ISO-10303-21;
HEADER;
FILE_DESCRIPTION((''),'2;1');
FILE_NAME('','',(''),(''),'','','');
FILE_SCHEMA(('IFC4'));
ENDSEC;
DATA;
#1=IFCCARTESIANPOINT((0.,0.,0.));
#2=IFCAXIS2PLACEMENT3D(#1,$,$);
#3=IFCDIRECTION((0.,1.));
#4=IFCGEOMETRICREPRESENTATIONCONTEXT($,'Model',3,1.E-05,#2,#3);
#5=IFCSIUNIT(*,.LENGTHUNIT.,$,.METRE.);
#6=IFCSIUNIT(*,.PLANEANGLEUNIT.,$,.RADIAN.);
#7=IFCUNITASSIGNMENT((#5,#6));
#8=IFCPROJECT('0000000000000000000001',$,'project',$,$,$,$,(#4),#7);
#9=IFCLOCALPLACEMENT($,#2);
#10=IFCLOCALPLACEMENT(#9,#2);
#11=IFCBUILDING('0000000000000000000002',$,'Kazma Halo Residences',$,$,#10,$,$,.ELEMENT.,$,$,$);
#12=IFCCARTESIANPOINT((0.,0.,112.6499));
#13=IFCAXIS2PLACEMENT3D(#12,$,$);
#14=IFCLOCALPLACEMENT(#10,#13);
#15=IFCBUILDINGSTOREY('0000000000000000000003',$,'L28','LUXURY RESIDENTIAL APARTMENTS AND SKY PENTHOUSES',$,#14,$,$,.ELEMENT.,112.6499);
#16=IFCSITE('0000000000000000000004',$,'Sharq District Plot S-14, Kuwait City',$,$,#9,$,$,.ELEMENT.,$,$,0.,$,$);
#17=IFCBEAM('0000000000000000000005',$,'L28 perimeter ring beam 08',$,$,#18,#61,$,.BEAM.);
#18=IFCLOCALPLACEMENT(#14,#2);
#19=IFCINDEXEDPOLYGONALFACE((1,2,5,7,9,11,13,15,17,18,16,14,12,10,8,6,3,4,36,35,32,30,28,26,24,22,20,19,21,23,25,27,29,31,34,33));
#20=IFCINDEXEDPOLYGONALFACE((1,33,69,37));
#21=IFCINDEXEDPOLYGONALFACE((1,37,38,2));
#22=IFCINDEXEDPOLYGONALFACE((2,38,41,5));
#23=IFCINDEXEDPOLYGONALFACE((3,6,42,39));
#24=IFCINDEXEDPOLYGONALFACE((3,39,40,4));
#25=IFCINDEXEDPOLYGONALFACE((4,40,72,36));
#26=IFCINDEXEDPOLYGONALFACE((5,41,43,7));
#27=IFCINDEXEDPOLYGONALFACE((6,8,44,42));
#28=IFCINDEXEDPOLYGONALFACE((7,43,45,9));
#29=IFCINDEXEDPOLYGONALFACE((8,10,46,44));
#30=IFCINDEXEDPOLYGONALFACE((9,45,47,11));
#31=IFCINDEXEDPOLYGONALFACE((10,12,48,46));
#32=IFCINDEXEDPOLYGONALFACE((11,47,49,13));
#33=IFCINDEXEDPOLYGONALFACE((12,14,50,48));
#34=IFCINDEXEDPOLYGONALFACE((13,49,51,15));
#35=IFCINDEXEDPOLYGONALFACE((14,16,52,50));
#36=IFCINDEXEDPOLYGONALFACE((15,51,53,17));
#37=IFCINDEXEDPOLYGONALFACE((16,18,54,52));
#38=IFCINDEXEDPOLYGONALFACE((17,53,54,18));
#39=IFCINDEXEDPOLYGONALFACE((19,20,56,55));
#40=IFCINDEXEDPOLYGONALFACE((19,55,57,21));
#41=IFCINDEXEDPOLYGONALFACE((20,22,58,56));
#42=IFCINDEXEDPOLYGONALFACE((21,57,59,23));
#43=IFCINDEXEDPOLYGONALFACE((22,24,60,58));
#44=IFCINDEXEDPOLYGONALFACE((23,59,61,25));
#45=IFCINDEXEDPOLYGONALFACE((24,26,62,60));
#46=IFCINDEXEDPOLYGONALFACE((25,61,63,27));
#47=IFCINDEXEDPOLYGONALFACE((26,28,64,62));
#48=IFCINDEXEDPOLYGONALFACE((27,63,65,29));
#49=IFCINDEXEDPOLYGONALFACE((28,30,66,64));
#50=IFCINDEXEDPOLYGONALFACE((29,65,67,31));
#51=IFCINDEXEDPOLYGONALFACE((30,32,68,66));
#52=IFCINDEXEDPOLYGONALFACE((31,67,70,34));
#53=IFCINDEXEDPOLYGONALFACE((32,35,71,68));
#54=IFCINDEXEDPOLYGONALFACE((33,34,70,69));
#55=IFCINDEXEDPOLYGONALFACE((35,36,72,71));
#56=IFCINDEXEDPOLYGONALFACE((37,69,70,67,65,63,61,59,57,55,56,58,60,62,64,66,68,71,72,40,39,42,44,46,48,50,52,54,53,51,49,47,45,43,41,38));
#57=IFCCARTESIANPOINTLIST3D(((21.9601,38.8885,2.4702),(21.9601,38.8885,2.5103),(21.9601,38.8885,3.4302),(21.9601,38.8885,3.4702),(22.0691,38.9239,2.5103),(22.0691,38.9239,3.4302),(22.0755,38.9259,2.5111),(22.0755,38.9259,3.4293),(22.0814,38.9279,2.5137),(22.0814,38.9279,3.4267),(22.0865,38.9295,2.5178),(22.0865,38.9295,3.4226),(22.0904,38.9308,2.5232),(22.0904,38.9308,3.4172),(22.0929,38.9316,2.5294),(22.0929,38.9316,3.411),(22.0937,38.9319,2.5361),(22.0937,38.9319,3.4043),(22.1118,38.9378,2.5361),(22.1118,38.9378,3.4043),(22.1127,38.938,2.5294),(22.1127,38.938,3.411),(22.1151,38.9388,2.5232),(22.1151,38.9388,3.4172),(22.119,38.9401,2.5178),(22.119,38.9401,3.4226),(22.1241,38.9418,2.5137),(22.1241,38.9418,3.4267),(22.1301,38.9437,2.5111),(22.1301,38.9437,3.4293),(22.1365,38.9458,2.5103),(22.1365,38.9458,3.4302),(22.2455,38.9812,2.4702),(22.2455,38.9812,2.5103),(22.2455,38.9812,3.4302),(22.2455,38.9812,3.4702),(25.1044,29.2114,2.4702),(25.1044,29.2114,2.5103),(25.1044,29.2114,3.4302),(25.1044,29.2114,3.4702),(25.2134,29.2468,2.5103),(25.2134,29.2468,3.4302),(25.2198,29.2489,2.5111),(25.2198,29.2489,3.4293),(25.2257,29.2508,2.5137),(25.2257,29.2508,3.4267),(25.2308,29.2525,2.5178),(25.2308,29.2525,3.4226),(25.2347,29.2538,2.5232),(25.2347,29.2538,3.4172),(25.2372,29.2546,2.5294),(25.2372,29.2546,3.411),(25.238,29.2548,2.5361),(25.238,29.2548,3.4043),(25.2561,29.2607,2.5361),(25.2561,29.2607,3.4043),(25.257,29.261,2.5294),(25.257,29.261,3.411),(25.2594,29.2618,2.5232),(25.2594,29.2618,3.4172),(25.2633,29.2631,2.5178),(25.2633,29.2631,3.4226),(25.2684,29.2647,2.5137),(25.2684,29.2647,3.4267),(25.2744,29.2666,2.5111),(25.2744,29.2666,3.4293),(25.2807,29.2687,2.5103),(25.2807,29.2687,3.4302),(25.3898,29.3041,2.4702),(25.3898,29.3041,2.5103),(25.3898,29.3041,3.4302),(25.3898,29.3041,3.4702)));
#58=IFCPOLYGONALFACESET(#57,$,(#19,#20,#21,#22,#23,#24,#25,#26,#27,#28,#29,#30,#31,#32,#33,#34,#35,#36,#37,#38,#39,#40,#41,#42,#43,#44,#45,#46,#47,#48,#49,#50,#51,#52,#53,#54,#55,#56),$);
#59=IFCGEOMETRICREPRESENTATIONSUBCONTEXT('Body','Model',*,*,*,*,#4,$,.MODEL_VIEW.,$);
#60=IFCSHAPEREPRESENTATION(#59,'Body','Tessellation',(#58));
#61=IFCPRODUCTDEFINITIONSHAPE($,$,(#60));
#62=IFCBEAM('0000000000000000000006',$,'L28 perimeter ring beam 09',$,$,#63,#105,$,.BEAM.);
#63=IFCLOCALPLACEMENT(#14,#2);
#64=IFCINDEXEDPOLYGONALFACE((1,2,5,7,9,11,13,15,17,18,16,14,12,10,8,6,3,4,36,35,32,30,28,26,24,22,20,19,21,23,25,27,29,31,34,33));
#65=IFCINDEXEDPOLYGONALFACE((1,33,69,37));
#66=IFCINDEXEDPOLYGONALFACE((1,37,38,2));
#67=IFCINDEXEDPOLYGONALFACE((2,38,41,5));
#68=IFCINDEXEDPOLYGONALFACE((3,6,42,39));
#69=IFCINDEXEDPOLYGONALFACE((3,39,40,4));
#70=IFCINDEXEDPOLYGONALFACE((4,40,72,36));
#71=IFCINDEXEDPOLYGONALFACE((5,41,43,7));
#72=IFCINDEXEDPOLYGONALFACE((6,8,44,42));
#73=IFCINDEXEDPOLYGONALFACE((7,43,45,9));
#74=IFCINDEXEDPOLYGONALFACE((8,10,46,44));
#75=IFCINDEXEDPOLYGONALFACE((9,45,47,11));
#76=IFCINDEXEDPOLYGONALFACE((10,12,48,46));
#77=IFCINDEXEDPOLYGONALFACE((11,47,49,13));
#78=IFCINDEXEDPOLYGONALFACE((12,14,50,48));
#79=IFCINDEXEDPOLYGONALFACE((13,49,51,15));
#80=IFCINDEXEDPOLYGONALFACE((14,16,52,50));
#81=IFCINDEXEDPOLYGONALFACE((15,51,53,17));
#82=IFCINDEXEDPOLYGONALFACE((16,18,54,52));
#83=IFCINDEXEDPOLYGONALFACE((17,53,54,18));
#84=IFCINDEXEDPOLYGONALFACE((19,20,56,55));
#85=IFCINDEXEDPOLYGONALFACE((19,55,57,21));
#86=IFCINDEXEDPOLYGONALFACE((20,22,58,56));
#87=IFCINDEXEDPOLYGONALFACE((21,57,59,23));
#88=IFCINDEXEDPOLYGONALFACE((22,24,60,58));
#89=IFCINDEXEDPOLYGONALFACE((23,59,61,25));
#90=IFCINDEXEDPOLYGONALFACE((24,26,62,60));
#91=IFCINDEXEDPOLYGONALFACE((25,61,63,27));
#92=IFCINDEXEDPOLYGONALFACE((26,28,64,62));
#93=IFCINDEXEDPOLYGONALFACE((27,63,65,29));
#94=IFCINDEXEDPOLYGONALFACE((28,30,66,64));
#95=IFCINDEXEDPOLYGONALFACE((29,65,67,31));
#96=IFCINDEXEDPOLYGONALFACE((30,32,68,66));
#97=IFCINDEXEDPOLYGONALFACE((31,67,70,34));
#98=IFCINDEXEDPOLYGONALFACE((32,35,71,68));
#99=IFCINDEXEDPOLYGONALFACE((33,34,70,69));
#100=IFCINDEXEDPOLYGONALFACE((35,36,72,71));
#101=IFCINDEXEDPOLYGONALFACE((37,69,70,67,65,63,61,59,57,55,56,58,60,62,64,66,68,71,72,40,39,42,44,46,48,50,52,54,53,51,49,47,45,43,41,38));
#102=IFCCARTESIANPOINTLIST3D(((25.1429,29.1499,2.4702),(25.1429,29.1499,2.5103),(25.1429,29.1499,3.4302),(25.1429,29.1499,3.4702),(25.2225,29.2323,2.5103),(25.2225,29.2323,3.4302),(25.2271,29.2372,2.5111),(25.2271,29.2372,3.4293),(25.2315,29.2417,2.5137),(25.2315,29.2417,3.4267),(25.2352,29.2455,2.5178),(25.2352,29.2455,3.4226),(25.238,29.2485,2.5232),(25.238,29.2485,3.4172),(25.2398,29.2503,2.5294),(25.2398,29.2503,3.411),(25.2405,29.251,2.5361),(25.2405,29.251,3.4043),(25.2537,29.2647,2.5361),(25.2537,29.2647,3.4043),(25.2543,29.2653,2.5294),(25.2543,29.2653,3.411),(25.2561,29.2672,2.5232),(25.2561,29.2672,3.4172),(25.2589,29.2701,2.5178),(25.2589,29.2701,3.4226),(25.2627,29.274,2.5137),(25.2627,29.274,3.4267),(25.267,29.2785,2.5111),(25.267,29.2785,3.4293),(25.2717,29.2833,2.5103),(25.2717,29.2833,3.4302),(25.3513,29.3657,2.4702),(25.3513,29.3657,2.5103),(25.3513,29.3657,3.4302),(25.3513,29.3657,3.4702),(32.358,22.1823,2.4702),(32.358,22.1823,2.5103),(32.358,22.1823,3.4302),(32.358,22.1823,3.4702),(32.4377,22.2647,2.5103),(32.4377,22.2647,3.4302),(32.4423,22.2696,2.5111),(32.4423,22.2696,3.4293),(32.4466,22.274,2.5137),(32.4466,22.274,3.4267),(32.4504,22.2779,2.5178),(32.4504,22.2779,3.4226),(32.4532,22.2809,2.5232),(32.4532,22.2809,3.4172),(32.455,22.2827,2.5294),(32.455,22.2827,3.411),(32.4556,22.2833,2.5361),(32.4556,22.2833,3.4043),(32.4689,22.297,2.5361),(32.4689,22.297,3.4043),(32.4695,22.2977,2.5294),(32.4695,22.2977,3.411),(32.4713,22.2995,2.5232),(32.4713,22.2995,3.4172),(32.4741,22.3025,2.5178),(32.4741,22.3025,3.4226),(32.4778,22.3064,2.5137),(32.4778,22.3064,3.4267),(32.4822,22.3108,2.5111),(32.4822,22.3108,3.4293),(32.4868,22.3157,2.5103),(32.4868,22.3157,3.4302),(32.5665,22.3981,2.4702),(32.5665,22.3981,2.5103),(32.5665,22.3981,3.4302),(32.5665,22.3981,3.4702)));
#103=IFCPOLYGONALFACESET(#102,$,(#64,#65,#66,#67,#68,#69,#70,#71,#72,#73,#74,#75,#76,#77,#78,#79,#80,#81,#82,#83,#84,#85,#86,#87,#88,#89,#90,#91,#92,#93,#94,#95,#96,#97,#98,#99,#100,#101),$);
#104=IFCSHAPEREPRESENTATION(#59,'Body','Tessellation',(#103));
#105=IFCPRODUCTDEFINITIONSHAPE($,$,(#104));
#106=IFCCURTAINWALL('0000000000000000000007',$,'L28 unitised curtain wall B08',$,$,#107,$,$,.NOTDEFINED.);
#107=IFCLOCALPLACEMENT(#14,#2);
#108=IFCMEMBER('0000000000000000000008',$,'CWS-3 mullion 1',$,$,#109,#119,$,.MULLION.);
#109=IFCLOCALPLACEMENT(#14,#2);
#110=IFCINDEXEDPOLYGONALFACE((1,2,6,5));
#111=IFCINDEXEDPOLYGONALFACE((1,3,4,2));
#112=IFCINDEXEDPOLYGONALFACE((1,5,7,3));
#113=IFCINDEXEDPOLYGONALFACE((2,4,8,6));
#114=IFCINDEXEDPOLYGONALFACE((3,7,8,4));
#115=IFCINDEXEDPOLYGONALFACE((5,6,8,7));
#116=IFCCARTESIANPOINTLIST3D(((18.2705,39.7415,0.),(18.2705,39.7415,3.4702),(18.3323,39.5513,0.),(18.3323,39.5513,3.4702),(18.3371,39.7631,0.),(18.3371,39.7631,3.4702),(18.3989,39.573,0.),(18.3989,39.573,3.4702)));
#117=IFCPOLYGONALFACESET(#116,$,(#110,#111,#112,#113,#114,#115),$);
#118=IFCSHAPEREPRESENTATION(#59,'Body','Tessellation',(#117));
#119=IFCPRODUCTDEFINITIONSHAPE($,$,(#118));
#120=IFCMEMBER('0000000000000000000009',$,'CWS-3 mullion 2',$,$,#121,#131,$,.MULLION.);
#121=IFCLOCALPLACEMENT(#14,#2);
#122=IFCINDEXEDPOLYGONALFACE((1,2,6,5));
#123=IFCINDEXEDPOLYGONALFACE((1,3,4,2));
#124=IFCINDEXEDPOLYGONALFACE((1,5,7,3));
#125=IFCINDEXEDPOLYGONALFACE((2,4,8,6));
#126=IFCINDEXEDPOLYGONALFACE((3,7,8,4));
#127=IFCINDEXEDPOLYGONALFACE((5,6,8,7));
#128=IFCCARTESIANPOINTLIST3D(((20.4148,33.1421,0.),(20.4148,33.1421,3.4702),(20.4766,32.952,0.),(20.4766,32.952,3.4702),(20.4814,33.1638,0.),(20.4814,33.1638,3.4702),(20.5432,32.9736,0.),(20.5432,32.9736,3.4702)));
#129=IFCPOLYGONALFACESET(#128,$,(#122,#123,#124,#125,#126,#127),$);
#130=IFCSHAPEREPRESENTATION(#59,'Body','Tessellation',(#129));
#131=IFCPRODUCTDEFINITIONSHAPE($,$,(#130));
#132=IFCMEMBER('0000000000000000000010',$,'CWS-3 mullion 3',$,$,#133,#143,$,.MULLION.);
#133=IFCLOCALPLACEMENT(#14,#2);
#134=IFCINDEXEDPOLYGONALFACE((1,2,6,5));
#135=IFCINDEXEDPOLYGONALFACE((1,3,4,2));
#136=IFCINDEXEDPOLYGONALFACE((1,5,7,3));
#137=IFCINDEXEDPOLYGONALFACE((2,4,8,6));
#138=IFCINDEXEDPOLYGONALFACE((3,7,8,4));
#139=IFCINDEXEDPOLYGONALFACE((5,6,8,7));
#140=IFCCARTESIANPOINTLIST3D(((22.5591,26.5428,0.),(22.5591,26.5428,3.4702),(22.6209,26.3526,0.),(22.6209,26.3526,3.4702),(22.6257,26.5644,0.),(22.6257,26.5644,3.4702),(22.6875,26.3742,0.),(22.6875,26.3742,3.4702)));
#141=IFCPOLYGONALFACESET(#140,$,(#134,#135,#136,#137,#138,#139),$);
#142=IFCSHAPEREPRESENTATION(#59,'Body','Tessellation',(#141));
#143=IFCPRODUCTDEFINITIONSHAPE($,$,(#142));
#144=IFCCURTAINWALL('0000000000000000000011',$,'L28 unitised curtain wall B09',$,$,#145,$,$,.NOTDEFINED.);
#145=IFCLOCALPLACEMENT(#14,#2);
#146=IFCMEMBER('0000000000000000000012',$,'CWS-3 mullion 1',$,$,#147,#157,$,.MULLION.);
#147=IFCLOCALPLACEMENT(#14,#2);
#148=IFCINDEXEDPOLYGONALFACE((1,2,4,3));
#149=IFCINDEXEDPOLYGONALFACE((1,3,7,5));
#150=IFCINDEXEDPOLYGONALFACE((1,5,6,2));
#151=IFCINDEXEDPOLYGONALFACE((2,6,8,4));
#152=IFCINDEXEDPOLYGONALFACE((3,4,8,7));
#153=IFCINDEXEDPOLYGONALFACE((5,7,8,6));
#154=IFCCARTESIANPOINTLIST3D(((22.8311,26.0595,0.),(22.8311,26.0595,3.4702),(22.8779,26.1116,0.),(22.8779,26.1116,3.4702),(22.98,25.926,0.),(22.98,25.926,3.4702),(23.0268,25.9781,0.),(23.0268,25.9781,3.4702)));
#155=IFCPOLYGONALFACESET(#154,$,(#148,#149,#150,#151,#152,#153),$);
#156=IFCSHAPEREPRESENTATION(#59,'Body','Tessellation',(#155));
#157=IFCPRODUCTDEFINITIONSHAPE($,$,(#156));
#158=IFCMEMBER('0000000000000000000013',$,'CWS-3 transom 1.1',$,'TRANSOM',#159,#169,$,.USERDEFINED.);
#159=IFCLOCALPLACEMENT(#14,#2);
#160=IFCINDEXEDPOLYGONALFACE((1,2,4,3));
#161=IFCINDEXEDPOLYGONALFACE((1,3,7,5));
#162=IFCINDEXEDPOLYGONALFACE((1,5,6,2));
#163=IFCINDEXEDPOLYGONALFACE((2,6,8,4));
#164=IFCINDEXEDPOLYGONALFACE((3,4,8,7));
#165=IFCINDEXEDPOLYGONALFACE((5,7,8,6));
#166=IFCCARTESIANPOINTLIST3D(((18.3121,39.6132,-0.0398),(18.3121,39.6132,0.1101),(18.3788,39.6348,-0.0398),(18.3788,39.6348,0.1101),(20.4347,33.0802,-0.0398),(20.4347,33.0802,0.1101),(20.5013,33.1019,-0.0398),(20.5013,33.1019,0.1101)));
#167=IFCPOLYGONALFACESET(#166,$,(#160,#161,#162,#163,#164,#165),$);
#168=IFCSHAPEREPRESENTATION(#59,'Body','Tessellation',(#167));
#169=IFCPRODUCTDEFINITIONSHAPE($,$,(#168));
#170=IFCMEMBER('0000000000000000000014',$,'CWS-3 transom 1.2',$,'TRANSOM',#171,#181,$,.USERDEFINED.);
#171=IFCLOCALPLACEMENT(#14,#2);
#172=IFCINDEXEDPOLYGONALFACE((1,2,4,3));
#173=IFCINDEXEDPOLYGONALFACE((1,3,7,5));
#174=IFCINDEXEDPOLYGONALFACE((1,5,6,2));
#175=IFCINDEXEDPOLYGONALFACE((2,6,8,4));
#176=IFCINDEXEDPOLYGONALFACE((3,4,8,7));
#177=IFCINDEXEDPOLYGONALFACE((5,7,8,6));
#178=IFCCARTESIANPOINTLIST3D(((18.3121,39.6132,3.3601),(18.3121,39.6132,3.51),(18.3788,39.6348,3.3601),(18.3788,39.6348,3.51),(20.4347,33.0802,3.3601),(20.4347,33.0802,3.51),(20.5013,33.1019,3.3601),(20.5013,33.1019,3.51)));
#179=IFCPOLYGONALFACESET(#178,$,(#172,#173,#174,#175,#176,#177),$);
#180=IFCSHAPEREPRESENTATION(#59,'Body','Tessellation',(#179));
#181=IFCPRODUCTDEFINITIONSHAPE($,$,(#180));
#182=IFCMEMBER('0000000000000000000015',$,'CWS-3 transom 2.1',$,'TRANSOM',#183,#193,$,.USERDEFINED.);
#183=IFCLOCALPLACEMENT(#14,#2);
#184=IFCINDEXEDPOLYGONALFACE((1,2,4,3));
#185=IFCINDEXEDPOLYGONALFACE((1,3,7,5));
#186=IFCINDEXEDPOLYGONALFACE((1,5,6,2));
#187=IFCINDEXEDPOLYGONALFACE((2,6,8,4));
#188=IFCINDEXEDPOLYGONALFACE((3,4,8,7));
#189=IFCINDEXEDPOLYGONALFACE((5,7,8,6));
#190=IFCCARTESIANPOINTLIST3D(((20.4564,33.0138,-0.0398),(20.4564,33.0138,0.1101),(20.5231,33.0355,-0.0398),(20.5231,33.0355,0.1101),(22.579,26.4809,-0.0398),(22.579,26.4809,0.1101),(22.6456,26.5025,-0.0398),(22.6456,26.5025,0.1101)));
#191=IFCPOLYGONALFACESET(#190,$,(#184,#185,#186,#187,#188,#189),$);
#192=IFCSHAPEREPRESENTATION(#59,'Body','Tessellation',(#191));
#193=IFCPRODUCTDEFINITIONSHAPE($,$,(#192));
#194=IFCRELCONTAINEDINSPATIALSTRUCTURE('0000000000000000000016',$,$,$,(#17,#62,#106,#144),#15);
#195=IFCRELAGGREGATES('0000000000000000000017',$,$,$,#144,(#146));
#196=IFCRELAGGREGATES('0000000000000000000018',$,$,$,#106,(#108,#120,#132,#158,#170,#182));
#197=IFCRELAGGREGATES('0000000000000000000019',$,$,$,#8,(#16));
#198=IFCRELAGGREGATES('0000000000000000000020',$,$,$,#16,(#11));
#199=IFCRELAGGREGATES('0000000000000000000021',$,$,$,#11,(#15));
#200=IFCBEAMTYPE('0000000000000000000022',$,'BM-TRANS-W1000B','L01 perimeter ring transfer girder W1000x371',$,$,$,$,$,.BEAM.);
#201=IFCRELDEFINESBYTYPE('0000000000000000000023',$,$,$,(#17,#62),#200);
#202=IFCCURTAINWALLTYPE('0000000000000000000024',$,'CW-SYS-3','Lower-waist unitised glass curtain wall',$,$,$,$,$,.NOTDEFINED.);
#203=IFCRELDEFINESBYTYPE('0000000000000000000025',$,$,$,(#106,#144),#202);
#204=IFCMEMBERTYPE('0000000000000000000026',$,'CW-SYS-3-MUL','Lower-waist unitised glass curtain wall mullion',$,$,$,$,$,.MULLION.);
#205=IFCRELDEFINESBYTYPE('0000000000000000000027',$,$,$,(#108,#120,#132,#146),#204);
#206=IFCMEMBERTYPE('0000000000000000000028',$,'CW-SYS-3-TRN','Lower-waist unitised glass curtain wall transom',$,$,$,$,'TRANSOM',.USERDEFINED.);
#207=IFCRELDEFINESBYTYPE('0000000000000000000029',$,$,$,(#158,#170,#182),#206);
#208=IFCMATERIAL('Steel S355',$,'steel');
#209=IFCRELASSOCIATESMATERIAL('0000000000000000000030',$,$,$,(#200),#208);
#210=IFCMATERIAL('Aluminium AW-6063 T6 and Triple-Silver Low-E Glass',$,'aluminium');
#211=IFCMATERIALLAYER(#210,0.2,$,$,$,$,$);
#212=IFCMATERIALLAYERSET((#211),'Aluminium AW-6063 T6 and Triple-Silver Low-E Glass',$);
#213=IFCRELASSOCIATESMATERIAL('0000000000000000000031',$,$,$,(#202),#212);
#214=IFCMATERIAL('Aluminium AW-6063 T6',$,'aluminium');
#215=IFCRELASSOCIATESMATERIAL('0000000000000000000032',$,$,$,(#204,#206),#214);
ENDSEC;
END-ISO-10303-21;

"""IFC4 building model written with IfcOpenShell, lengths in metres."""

from ifc_helpers import new_model, si_unit, direction, frame, origin, origin_2d, place, context, subcontext, project, spatial, rectangle, i_section, extrude, material, layer, layer_set, material_profile, profile_set, type_object, element, aggregate, save


model = new_model("IFC4")

# Units and contexts
model_context = context("Model", 3, precision=1e-05, world=origin(), true_north=direction((0.0, 1.0)))
body_context = subcontext(model_context, "Body", "Model", "MODEL_VIEW")
ifc_project = project(units=[si_unit("LENGTHUNIT", "METRE"), si_unit("PLANEANGLEUNIT", "RADIAN")], contexts=[model_context])

# Site, building, storey
site_placement = place(None, origin())
site = spatial("IfcSite", under=ifc_project, at=site_placement, Name="Sharq District Plot S-14, Kuwait City", CompositionType="ELEMENT", RefElevation=0.0)
building_placement = place(site_placement, origin())
building = spatial("IfcBuilding", under=site, at=building_placement, Name="Kazma Halo Residences", CompositionType="ELEMENT")
storey_placement = place(building_placement, frame((0.0, 0.0, 112.6499)))
storey = spatial("IfcBuildingStorey", under=building, at=storey_placement, Name="L28", Description="LUXURY RESIDENTIAL APARTMENTS AND SKY PENTHOUSES", CompositionType="ELEMENT", Elevation=112.6499)

# Beams
ifc_material_1 = material(Name="Steel S355", Category="steel")
ifc_material_profile_1 = material_profile(ifc_material_1, i_section(OverallWidth=0.3, OverallDepth=1.0, WebThickness=0.019, FlangeThickness=0.04, FilletRadius=0.0259, at=origin_2d()), Name="W1000x371")
ifc_profile_set_1 = profile_set([ifc_material_profile_1], Name="Steel S355")
beam_type_1 = type_object("IfcBeamType", Name="BM-TRANS-W1000B", Description="L01 perimeter ring transfer girder W1000x371", PredefinedType="BEAM", material=ifc_profile_set_1)
beam_1_placement = place(storey_placement, frame((22.1028, 38.9348, 2.9702), z_axis=(0.30902, -0.951055, 0.0), x_axis=(0.951055, 0.30902, 0.0)))
element("IfcBeam", 1, at=beam_1_placement, inside=storey, type_object=beam_type_1, Name="L28 perimeter ring beam 08", PredefinedType="BEAM", context=body_context, shape_type="SweptSolid", body=[
    extrude(i_section(OverallWidth=0.3, OverallDepth=1.0, WebThickness=0.019, FlangeThickness=0.04, FilletRadius=0.0259, at=origin_2d()), origin(), (0.0, 0.0, 1.0), 10.175),
])
beam_2_placement = place(storey_placement, frame((25.2471, 29.2578, 2.9702), z_axis=(0.71934, -0.694658, 0.0), x_axis=(0.694658, 0.71934, 0.0)))
element("IfcBeam", 2, at=beam_2_placement, inside=storey, type_object=beam_type_1, Name="L28 perimeter ring beam 09", PredefinedType="BEAM", context=body_context, shape_type="SweptSolid", body=[
    extrude(i_section(OverallWidth=0.3, OverallDepth=1.0, WebThickness=0.019, FlangeThickness=0.04, FilletRadius=0.0259, at=origin_2d()), origin(), (0.0, 0.0, 1.0), 10.0303),
])

# Curtain wall, members
ifc_material_2 = material(Name="Aluminium AW-6063 T6 and Triple-Silver Low-E Glass", Category="aluminium")
ifc_layer_1 = layer(ifc_material_2, 0.2)
ifc_layer_set_1 = layer_set([ifc_layer_1], Name="Aluminium AW-6063 T6 and Triple-Silver Low-E Glass")
curtain_wall_type = type_object("IfcCurtainWallType", Name="CW-SYS-3", Description="Lower-waist unitised glass curtain wall", PredefinedType="NOTDEFINED", material=ifc_layer_set_1)
curtain_wall_1_placement = place(storey_placement, origin())
curtain_wall_1 = element("IfcCurtainWall", 3, at=curtain_wall_1_placement, inside=storey, type_object=curtain_wall_type, Name="L28 unitised curtain wall B08", PredefinedType="NOTDEFINED")
ifc_material_3 = material(Name="Aluminium AW-6063 T6", Category="aluminium")
ifc_material_profile_2 = material_profile(ifc_material_3, rectangle(XDim=0.0701, YDim=0.2, at=origin_2d()), Name="CWM-70x200")
ifc_profile_set_2 = profile_set([ifc_material_profile_2], Name="Aluminium AW-6063 T6")
member_type_1 = type_object("IfcMemberType", Name="CW-SYS-3-MUL", Description="Lower-waist unitised glass curtain wall mullion", PredefinedType="MULLION", material=ifc_profile_set_2)
member_1_placement = place(storey_placement, frame((18.3347, 39.6572, 0.0), z_axis=(0.0, 0.0, 1.0), x_axis=(0.951058, 0.309013, 0.0)))
member_1 = element("IfcMember", 4, at=member_1_placement, type_object=member_type_1, Name="CWS-3 mullion 1", PredefinedType="MULLION", context=body_context, shape_type="SweptSolid", body=[
    extrude(rectangle(XDim=0.0701, YDim=0.2, at=origin_2d()), origin(), (0.0, 0.0, 1.0), 3.4702),
])
member_2_placement = place(storey_placement, frame((20.479, 33.0579, 0.0), z_axis=(0.0, 0.0, 1.0), x_axis=(0.951058, 0.309013, 0.0)))
member_2 = element("IfcMember", 5, at=member_2_placement, type_object=member_type_1, Name="CWS-3 mullion 2", PredefinedType="MULLION", context=body_context, shape_type="SweptSolid", body=[
    extrude(rectangle(XDim=0.0701, YDim=0.2, at=origin_2d()), origin(), (0.0, 0.0, 1.0), 3.4702),
])
member_3_placement = place(storey_placement, frame((22.6233, 26.4585, 0.0), z_axis=(0.0, 0.0, 1.0), x_axis=(0.951058, 0.309013, 0.0)))
member_3 = element("IfcMember", 6, at=member_3_placement, type_object=member_type_1, Name="CWS-3 mullion 3", PredefinedType="MULLION", context=body_context, shape_type="SweptSolid", body=[
    extrude(rectangle(XDim=0.0701, YDim=0.2, at=origin_2d()), origin(), (0.0, 0.0, 1.0), 3.4702),
])

# Curtain wall, member
curtain_wall_2_placement = place(storey_placement, origin())
curtain_wall_2 = element("IfcCurtainWall", 7, at=curtain_wall_2_placement, inside=storey, type_object=curtain_wall_type, Name="L28 unitised curtain wall B09", PredefinedType="NOTDEFINED")
member_4_placement = place(storey_placement, frame((22.929, 26.0188, 0.0), z_axis=(0.0, 0.0, 1.0), x_axis=(0.667795, 0.744345, 0.0)))
member_4 = element("IfcMember", 8, at=member_4_placement, type_object=member_type_1, Name="CWS-3 mullion 1", PredefinedType="MULLION", context=body_context, shape_type="SweptSolid", body=[
    extrude(rectangle(XDim=0.0701, YDim=0.2, at=origin_2d()), origin(), (0.0, 0.0, 1.0), 3.4702),
])

# Members
ifc_material_profile_3 = material_profile(ifc_material_3, rectangle(XDim=0.0701, YDim=0.1499, at=origin_2d()), Name="CWT-70x150")
ifc_profile_set_3 = profile_set([ifc_material_profile_3], Name="Aluminium AW-6063 T6")
member_type_2 = type_object("IfcMemberType", Name="CW-SYS-3-TRN", Description="Lower-waist unitised glass curtain wall transom", ElementType="TRANSOM", PredefinedType="USERDEFINED", material=ifc_profile_set_3)
member_5_placement = place(storey_placement, frame((18.3455, 39.624, 0.0352), z_axis=(0.309, -0.951062, 0.0), x_axis=(0.951062, 0.309, 0.0)))
member_5 = element("IfcMember", 9, at=member_5_placement, type_object=member_type_2, Name="CWS-3 transom 1.1", ObjectType="TRANSOM", PredefinedType="USERDEFINED", context=body_context, shape_type="SweptSolid", body=[
    extrude(rectangle(XDim=0.0701, YDim=0.1499, at=origin_2d()), origin(), (0.0, 0.0, 1.0), 6.8691),
])
member_6_placement = place(storey_placement, frame((18.3455, 39.624, 3.4351), z_axis=(0.309, -0.951062, 0.0), x_axis=(0.951062, 0.309, 0.0)))
member_6 = element("IfcMember", 10, at=member_6_placement, type_object=member_type_2, Name="CWS-3 transom 1.2", ObjectType="TRANSOM", PredefinedType="USERDEFINED", context=body_context, shape_type="SweptSolid", body=[
    extrude(rectangle(XDim=0.0701, YDim=0.1499, at=origin_2d()), origin(), (0.0, 0.0, 1.0), 6.8691),
])
member_7_placement = place(storey_placement, frame((20.4897, 33.0247, 0.0352), z_axis=(0.309, -0.951062, 0.0), x_axis=(0.951062, 0.309, 0.0)))
member_7 = element("IfcMember", 11, at=member_7_placement, type_object=member_type_2, Name="CWS-3 transom 2.1", ObjectType="TRANSOM", PredefinedType="USERDEFINED", context=body_context, shape_type="SweptSolid", body=[
    extrude(rectangle(XDim=0.0701, YDim=0.1499, at=origin_2d()), origin(), (0.0, 0.0, 1.0), 6.8691),
])
aggregate(curtain_wall_2, [member_4])

aggregate(curtain_wall_1, [member_1, member_2, member_3, member_5, member_6, member_7])

save(model, "model.ifc")
